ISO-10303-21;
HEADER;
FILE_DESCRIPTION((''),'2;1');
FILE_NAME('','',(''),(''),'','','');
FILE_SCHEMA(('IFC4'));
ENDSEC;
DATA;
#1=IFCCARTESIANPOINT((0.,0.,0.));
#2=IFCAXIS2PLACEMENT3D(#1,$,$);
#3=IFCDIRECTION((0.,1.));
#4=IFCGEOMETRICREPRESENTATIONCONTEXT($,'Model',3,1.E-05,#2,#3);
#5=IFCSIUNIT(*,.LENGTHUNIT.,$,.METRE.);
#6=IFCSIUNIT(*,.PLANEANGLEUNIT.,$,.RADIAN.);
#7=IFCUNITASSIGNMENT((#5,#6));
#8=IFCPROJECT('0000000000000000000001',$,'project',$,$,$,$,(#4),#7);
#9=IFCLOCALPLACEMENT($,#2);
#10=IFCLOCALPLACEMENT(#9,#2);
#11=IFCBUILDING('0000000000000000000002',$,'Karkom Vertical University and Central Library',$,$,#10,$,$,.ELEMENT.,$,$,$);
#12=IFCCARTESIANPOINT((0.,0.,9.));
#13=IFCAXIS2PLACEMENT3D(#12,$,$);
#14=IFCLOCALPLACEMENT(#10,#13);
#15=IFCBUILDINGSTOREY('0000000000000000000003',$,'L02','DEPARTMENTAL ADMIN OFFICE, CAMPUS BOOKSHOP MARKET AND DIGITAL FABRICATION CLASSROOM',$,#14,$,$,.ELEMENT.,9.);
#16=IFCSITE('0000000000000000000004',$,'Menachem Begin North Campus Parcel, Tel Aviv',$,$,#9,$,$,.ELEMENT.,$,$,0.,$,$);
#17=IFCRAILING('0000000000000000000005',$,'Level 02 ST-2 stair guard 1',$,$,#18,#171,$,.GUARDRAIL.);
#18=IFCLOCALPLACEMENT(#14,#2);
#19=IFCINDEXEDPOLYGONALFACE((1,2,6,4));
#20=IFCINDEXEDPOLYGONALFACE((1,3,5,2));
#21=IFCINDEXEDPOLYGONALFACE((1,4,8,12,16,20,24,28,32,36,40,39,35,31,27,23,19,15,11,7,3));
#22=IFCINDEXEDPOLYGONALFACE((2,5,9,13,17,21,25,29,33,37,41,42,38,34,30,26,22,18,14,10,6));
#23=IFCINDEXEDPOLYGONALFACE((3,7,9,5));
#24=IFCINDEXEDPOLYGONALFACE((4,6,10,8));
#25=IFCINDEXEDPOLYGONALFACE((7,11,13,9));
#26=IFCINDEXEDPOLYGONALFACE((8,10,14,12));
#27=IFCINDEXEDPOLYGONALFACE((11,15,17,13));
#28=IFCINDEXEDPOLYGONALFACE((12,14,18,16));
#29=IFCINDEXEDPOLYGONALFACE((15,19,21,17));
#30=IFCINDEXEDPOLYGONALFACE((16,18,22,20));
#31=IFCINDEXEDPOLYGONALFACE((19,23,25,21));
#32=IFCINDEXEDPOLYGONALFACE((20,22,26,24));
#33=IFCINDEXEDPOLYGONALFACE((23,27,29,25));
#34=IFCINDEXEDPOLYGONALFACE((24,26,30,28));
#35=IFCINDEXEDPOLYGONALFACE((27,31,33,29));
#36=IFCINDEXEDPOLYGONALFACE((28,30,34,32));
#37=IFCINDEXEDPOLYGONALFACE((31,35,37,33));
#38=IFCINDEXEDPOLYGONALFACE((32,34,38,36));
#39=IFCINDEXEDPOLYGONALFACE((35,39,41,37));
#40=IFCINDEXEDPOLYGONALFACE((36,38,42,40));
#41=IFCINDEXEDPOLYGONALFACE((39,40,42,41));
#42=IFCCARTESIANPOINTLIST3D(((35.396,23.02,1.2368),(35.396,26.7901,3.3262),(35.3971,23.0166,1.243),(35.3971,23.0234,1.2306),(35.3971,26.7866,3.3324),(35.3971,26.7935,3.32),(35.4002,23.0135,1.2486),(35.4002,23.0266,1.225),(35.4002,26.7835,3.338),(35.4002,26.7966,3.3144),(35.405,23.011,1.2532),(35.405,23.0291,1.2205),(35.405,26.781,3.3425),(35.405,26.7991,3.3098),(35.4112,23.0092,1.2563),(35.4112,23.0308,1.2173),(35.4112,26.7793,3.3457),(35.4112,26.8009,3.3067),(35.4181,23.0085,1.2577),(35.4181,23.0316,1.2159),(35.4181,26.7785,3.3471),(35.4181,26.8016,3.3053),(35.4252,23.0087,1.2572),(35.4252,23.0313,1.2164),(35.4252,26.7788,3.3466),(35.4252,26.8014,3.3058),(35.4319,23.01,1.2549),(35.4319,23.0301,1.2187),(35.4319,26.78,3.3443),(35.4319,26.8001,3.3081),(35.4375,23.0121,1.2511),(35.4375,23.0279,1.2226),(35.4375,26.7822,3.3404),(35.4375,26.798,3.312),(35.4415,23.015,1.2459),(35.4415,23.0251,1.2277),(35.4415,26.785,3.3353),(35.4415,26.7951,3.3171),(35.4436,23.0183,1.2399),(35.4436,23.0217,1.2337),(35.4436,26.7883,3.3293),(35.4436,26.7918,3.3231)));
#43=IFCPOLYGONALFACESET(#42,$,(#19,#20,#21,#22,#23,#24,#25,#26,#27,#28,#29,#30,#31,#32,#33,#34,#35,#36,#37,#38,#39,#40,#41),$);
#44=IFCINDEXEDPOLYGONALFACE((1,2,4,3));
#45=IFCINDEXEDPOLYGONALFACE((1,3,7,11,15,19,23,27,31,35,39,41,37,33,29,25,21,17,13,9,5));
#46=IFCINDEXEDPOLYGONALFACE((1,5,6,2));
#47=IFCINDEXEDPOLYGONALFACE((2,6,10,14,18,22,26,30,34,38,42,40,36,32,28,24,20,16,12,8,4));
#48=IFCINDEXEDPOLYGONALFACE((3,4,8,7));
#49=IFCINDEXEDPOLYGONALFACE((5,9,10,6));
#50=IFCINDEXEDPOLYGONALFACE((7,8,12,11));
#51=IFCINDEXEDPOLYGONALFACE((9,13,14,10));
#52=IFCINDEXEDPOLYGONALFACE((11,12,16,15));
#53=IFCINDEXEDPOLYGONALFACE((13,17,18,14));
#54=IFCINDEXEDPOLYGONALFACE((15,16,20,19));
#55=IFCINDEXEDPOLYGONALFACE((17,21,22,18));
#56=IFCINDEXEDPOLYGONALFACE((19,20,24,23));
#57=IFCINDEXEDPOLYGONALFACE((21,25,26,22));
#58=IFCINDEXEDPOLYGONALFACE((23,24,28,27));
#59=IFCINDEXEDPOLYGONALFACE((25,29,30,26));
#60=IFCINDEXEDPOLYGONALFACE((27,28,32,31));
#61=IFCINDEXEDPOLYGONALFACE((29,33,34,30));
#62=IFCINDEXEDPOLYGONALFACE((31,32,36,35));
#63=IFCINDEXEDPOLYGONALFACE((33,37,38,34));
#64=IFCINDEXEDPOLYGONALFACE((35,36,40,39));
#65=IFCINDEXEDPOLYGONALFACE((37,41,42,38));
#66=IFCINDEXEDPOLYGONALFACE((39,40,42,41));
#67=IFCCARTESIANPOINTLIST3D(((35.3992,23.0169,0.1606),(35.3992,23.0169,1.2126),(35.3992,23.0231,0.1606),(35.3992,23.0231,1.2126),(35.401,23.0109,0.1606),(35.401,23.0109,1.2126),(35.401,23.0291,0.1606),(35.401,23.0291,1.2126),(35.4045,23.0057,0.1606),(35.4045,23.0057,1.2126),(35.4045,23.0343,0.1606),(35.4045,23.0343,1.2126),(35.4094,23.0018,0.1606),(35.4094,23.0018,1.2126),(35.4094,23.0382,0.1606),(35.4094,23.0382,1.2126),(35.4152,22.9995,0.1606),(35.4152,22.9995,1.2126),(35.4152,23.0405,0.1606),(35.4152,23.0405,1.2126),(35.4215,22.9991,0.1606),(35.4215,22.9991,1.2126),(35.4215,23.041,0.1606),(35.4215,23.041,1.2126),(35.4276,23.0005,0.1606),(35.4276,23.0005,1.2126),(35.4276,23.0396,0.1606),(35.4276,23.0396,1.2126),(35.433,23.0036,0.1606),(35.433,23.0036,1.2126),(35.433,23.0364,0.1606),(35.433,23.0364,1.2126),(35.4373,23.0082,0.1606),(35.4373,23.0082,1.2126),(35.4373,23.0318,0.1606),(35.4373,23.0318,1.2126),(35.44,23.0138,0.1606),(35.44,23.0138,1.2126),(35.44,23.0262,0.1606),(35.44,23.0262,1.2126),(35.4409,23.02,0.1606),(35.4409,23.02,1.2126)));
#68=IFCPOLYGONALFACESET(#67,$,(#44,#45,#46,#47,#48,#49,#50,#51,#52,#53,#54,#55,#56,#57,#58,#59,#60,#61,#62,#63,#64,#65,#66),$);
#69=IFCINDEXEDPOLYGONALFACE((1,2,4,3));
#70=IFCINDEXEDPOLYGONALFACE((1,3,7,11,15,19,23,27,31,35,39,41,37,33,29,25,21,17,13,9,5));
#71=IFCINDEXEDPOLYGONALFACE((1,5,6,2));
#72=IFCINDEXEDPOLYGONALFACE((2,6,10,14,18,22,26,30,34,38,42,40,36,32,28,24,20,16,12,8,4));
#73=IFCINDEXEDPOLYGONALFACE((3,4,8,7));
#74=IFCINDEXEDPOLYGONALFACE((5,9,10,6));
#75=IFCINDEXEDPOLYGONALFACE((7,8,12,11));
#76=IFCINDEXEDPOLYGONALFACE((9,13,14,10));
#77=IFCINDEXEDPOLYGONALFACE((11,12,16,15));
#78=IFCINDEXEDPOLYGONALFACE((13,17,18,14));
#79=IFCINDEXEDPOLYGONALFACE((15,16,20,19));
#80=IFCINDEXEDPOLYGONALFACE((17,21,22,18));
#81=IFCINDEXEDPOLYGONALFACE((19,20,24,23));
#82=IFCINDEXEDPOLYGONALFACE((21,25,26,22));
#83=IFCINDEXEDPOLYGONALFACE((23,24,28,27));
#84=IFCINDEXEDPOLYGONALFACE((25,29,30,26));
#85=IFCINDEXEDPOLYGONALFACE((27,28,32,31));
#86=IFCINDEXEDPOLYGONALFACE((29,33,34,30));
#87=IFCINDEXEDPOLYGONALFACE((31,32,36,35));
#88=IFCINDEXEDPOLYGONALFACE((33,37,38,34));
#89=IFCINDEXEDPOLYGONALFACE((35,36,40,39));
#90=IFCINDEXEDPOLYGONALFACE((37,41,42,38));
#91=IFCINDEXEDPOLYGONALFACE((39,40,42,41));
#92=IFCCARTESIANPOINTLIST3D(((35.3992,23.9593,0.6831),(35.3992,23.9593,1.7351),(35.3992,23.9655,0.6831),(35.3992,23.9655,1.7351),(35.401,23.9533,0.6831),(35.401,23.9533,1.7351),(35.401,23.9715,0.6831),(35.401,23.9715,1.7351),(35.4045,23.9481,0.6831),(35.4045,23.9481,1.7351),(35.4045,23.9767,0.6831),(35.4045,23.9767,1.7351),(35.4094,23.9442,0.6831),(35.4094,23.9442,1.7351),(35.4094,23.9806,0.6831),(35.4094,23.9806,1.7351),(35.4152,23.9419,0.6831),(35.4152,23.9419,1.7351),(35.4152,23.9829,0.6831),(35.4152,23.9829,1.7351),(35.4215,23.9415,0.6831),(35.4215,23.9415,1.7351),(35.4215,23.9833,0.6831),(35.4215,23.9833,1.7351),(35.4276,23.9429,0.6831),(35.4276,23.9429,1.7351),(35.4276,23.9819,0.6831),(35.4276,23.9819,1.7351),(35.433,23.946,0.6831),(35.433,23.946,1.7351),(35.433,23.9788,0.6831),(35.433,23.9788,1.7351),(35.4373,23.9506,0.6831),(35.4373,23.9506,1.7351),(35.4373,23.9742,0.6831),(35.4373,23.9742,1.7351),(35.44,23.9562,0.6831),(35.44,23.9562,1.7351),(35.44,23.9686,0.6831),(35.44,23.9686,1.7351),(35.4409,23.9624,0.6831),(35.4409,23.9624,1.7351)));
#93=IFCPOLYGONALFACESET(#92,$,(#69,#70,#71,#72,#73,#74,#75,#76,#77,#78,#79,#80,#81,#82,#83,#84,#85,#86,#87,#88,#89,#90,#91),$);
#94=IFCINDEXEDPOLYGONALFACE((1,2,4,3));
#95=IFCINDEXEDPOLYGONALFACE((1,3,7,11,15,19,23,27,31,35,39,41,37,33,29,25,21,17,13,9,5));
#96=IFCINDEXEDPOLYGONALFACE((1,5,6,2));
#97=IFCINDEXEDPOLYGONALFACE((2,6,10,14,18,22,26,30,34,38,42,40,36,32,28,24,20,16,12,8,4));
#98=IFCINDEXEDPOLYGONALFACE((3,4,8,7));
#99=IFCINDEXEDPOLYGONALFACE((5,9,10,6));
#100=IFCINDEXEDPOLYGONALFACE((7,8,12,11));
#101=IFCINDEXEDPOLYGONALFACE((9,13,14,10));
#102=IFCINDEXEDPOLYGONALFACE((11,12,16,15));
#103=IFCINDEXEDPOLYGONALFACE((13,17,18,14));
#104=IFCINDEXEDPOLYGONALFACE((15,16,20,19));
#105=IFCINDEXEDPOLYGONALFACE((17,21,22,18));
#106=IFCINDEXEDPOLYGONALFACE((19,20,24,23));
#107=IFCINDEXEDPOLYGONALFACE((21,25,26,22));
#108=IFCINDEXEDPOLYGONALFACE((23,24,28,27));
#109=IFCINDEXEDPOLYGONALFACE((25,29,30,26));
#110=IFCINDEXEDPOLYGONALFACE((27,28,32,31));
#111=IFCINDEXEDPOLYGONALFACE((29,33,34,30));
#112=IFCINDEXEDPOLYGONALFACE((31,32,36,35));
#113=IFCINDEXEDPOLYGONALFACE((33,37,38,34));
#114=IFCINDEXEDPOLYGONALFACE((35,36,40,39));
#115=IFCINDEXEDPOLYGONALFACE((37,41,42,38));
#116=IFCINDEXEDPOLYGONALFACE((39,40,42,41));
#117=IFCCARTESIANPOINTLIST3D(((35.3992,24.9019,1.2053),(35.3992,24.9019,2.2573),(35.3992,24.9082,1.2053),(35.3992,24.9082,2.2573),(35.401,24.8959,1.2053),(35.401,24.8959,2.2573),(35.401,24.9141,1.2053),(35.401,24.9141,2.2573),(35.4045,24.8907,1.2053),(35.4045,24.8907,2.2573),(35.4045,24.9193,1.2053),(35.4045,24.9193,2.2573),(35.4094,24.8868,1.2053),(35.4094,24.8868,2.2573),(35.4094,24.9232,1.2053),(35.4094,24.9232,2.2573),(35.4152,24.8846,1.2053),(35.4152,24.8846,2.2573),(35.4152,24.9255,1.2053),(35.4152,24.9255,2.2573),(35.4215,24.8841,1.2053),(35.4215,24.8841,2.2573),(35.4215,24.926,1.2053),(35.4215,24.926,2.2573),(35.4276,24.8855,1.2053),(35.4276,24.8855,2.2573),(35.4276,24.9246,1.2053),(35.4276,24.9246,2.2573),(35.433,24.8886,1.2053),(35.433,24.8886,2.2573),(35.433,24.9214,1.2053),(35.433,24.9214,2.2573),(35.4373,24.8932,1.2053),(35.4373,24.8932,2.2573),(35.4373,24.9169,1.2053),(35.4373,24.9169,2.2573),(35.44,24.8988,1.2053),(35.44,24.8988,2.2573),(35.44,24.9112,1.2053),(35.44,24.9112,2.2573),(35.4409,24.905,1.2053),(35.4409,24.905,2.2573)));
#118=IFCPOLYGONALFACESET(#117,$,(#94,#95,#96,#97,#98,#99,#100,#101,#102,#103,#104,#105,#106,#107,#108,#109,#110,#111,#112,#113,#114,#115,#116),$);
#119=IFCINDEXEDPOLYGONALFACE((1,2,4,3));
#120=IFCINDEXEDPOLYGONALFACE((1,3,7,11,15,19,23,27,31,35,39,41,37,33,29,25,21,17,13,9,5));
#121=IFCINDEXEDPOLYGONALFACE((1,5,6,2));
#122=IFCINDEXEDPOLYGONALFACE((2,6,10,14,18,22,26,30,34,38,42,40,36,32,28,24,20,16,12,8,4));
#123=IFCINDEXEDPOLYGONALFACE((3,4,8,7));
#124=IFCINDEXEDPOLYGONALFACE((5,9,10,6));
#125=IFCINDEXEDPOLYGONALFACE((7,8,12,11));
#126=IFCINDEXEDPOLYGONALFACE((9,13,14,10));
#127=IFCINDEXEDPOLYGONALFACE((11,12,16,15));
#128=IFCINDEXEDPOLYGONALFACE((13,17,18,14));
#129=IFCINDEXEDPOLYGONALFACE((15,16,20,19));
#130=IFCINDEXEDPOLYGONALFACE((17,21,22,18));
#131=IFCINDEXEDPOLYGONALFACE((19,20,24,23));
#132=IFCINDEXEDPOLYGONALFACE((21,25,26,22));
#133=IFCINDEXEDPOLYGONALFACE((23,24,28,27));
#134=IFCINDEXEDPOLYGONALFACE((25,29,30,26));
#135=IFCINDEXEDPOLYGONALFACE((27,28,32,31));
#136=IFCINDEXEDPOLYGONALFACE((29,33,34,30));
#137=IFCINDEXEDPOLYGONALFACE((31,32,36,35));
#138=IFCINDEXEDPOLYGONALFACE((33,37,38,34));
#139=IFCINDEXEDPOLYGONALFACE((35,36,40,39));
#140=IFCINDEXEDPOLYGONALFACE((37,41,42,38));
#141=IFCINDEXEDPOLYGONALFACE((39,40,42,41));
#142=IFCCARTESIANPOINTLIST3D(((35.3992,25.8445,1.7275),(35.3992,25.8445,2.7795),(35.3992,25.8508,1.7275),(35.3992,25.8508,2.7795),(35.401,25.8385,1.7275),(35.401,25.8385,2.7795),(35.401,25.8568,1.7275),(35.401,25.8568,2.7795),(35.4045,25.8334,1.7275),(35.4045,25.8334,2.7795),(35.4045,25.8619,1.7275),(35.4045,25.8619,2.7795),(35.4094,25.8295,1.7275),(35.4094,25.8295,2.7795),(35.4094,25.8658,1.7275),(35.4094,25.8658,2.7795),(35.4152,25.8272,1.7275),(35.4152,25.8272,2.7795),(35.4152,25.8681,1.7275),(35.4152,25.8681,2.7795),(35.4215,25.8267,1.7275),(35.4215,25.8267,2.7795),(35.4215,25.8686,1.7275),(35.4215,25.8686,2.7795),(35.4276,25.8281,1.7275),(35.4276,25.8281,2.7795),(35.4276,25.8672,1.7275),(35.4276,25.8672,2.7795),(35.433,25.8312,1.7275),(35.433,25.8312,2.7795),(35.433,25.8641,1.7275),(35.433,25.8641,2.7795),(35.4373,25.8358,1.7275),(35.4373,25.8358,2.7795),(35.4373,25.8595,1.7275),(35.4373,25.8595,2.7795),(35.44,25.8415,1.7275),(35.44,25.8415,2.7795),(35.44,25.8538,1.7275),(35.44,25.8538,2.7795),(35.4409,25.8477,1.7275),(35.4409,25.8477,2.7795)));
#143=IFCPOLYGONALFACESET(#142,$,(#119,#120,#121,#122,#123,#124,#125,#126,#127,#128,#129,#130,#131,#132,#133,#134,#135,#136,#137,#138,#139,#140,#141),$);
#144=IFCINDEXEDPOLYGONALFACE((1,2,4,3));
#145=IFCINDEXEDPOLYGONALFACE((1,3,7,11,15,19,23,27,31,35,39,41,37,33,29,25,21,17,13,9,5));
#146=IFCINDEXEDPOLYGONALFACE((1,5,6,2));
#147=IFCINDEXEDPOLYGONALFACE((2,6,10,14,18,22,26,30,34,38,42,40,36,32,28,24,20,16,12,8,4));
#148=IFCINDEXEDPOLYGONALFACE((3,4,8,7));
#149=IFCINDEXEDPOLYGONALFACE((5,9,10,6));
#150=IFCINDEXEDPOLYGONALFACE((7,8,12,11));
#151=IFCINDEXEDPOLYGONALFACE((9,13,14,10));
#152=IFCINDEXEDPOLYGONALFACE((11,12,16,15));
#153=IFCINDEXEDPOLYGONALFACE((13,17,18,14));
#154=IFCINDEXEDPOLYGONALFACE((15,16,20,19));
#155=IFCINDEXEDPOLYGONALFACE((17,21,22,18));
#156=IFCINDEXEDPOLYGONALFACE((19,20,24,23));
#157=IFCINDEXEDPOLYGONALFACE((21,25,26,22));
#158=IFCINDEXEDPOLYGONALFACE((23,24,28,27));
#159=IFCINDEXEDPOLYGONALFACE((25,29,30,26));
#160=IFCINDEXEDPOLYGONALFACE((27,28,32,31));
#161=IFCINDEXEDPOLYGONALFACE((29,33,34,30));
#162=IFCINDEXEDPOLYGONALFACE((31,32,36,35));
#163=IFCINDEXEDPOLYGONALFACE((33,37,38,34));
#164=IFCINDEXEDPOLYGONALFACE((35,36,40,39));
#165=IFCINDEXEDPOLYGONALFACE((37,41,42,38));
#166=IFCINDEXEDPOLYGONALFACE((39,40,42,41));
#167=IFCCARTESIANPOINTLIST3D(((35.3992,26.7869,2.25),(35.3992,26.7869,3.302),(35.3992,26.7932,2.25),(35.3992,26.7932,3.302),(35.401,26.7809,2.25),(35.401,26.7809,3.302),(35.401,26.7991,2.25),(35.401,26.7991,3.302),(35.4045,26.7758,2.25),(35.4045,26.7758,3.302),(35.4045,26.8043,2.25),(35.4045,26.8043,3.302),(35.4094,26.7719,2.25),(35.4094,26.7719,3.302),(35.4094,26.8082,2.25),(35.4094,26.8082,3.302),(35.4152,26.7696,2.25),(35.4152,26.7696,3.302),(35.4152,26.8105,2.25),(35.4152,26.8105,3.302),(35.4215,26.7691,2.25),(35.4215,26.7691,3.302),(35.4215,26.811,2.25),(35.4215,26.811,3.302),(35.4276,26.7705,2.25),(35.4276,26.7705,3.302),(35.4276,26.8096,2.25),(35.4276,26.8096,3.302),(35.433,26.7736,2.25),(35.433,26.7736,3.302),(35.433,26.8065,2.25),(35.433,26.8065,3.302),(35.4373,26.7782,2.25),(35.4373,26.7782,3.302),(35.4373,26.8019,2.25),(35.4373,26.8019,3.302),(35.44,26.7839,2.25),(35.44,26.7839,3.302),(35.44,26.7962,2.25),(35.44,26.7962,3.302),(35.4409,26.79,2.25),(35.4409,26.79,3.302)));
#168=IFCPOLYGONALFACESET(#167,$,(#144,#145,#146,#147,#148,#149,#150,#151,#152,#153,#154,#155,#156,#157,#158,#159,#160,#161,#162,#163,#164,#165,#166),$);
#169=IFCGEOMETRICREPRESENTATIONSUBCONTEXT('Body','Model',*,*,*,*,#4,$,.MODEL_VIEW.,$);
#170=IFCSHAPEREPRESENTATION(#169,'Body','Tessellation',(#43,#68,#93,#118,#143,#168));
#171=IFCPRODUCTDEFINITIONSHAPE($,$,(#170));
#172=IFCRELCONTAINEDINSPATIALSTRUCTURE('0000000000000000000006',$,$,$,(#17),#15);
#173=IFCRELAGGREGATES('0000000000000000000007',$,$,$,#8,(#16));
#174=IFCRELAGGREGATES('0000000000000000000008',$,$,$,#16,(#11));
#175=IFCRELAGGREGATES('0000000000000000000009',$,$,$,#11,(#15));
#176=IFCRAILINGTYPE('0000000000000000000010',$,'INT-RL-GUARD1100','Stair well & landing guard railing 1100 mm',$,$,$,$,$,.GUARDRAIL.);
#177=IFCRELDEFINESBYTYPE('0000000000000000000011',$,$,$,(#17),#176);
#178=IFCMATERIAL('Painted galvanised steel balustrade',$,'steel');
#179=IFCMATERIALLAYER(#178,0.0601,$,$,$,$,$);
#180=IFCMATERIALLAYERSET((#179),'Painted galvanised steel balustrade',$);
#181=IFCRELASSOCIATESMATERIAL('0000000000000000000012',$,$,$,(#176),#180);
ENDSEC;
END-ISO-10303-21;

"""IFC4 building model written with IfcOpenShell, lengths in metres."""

from ifc_helpers import new_model, si_unit, direction, frame, origin, origin_2d, place, context, subcontext, project, spatial, circle, extrude, material, layer, layer_set, type_object, element, save


model = new_model("IFC4")

# Units and contexts
model_context = context("Model", 3, precision=1e-05, world=origin(), true_north=direction((0.0, 1.0)))
body_context = subcontext(model_context, "Body", "Model", "MODEL_VIEW")
ifc_project = project(units=[si_unit("LENGTHUNIT", "METRE"), si_unit("PLANEANGLEUNIT", "RADIAN")], contexts=[model_context])

# Site, building, storey
site_placement = place(None, origin())
site = spatial("IfcSite", under=ifc_project, at=site_placement, Name="Menachem Begin North Campus Parcel, Tel Aviv", CompositionType="ELEMENT", RefElevation=0.0)
building_placement = place(site_placement, origin())
building = spatial("IfcBuilding", under=site, at=building_placement, Name="Karkom Vertical University and Central Library", CompositionType="ELEMENT")
storey_placement = place(building_placement, frame((0.0, 0.0, 9.0)))
storey = spatial("IfcBuildingStorey", under=building, at=storey_placement, Name="L02", Description="DEPARTMENTAL ADMIN OFFICE, CAMPUS BOOKSHOP MARKET AND DIGITAL FABRICATION CLASSROOM", CompositionType="ELEMENT", Elevation=9.0)

# Railing
ifc_material_1 = material(Name="Painted galvanised steel balustrade", Category="steel")
ifc_layer_1 = layer(ifc_material_1, 0.0601)
ifc_layer_set_1 = layer_set([ifc_layer_1], Name="Painted galvanised steel balustrade")
railing_type_1 = type_object("IfcRailingType", Name="INT-RL-GUARD1100", Description="Stair well & landing guard railing 1100 mm", PredefinedType="GUARDRAIL", material=ifc_layer_set_1)
railing_1_placement = place(storey_placement, frame((35.4199, 23.02, 0.1606)))
element("IfcRailing", 1, at=railing_1_placement, inside=storey, type_object=railing_type_1, Name="Level 02 ST-2 stair guard 1", PredefinedType="GUARDRAIL", context=body_context, shape_type="SweptSolid", body=[
    extrude(circle(Radius=0.0239, at=origin_2d()), frame((0.0, 0.0, 1.0762), z_axis=(0.0, 0.874659, 0.484739), x_axis=(-1.0, 0.0, 0.0)), (0.0, 0.0, 1.0), 4.3103),
    extrude(circle(Radius=0.021, at=origin_2d()), origin(), (0.0, 0.0, 1.0), 1.052),
    extrude(circle(Radius=0.021, at=origin_2d()), frame((0.0, 0.9424, 0.5225)), (0.0, 0.0, 1.0), 1.052),
    extrude(circle(Radius=0.021, at=origin_2d()), frame((0.0, 1.885, 1.0447)), (0.0, 0.0, 1.0), 1.052),
    extrude(circle(Radius=0.021, at=origin_2d()), frame((0.0, 2.8276, 1.5669)), (0.0, 0.0, 1.0), 1.052),
    extrude(circle(Radius=0.021, at=origin_2d()), frame((0.0, 3.77, 2.0894)), (0.0, 0.0, 1.0), 1.052),
])

save(model, "model.ifc")
